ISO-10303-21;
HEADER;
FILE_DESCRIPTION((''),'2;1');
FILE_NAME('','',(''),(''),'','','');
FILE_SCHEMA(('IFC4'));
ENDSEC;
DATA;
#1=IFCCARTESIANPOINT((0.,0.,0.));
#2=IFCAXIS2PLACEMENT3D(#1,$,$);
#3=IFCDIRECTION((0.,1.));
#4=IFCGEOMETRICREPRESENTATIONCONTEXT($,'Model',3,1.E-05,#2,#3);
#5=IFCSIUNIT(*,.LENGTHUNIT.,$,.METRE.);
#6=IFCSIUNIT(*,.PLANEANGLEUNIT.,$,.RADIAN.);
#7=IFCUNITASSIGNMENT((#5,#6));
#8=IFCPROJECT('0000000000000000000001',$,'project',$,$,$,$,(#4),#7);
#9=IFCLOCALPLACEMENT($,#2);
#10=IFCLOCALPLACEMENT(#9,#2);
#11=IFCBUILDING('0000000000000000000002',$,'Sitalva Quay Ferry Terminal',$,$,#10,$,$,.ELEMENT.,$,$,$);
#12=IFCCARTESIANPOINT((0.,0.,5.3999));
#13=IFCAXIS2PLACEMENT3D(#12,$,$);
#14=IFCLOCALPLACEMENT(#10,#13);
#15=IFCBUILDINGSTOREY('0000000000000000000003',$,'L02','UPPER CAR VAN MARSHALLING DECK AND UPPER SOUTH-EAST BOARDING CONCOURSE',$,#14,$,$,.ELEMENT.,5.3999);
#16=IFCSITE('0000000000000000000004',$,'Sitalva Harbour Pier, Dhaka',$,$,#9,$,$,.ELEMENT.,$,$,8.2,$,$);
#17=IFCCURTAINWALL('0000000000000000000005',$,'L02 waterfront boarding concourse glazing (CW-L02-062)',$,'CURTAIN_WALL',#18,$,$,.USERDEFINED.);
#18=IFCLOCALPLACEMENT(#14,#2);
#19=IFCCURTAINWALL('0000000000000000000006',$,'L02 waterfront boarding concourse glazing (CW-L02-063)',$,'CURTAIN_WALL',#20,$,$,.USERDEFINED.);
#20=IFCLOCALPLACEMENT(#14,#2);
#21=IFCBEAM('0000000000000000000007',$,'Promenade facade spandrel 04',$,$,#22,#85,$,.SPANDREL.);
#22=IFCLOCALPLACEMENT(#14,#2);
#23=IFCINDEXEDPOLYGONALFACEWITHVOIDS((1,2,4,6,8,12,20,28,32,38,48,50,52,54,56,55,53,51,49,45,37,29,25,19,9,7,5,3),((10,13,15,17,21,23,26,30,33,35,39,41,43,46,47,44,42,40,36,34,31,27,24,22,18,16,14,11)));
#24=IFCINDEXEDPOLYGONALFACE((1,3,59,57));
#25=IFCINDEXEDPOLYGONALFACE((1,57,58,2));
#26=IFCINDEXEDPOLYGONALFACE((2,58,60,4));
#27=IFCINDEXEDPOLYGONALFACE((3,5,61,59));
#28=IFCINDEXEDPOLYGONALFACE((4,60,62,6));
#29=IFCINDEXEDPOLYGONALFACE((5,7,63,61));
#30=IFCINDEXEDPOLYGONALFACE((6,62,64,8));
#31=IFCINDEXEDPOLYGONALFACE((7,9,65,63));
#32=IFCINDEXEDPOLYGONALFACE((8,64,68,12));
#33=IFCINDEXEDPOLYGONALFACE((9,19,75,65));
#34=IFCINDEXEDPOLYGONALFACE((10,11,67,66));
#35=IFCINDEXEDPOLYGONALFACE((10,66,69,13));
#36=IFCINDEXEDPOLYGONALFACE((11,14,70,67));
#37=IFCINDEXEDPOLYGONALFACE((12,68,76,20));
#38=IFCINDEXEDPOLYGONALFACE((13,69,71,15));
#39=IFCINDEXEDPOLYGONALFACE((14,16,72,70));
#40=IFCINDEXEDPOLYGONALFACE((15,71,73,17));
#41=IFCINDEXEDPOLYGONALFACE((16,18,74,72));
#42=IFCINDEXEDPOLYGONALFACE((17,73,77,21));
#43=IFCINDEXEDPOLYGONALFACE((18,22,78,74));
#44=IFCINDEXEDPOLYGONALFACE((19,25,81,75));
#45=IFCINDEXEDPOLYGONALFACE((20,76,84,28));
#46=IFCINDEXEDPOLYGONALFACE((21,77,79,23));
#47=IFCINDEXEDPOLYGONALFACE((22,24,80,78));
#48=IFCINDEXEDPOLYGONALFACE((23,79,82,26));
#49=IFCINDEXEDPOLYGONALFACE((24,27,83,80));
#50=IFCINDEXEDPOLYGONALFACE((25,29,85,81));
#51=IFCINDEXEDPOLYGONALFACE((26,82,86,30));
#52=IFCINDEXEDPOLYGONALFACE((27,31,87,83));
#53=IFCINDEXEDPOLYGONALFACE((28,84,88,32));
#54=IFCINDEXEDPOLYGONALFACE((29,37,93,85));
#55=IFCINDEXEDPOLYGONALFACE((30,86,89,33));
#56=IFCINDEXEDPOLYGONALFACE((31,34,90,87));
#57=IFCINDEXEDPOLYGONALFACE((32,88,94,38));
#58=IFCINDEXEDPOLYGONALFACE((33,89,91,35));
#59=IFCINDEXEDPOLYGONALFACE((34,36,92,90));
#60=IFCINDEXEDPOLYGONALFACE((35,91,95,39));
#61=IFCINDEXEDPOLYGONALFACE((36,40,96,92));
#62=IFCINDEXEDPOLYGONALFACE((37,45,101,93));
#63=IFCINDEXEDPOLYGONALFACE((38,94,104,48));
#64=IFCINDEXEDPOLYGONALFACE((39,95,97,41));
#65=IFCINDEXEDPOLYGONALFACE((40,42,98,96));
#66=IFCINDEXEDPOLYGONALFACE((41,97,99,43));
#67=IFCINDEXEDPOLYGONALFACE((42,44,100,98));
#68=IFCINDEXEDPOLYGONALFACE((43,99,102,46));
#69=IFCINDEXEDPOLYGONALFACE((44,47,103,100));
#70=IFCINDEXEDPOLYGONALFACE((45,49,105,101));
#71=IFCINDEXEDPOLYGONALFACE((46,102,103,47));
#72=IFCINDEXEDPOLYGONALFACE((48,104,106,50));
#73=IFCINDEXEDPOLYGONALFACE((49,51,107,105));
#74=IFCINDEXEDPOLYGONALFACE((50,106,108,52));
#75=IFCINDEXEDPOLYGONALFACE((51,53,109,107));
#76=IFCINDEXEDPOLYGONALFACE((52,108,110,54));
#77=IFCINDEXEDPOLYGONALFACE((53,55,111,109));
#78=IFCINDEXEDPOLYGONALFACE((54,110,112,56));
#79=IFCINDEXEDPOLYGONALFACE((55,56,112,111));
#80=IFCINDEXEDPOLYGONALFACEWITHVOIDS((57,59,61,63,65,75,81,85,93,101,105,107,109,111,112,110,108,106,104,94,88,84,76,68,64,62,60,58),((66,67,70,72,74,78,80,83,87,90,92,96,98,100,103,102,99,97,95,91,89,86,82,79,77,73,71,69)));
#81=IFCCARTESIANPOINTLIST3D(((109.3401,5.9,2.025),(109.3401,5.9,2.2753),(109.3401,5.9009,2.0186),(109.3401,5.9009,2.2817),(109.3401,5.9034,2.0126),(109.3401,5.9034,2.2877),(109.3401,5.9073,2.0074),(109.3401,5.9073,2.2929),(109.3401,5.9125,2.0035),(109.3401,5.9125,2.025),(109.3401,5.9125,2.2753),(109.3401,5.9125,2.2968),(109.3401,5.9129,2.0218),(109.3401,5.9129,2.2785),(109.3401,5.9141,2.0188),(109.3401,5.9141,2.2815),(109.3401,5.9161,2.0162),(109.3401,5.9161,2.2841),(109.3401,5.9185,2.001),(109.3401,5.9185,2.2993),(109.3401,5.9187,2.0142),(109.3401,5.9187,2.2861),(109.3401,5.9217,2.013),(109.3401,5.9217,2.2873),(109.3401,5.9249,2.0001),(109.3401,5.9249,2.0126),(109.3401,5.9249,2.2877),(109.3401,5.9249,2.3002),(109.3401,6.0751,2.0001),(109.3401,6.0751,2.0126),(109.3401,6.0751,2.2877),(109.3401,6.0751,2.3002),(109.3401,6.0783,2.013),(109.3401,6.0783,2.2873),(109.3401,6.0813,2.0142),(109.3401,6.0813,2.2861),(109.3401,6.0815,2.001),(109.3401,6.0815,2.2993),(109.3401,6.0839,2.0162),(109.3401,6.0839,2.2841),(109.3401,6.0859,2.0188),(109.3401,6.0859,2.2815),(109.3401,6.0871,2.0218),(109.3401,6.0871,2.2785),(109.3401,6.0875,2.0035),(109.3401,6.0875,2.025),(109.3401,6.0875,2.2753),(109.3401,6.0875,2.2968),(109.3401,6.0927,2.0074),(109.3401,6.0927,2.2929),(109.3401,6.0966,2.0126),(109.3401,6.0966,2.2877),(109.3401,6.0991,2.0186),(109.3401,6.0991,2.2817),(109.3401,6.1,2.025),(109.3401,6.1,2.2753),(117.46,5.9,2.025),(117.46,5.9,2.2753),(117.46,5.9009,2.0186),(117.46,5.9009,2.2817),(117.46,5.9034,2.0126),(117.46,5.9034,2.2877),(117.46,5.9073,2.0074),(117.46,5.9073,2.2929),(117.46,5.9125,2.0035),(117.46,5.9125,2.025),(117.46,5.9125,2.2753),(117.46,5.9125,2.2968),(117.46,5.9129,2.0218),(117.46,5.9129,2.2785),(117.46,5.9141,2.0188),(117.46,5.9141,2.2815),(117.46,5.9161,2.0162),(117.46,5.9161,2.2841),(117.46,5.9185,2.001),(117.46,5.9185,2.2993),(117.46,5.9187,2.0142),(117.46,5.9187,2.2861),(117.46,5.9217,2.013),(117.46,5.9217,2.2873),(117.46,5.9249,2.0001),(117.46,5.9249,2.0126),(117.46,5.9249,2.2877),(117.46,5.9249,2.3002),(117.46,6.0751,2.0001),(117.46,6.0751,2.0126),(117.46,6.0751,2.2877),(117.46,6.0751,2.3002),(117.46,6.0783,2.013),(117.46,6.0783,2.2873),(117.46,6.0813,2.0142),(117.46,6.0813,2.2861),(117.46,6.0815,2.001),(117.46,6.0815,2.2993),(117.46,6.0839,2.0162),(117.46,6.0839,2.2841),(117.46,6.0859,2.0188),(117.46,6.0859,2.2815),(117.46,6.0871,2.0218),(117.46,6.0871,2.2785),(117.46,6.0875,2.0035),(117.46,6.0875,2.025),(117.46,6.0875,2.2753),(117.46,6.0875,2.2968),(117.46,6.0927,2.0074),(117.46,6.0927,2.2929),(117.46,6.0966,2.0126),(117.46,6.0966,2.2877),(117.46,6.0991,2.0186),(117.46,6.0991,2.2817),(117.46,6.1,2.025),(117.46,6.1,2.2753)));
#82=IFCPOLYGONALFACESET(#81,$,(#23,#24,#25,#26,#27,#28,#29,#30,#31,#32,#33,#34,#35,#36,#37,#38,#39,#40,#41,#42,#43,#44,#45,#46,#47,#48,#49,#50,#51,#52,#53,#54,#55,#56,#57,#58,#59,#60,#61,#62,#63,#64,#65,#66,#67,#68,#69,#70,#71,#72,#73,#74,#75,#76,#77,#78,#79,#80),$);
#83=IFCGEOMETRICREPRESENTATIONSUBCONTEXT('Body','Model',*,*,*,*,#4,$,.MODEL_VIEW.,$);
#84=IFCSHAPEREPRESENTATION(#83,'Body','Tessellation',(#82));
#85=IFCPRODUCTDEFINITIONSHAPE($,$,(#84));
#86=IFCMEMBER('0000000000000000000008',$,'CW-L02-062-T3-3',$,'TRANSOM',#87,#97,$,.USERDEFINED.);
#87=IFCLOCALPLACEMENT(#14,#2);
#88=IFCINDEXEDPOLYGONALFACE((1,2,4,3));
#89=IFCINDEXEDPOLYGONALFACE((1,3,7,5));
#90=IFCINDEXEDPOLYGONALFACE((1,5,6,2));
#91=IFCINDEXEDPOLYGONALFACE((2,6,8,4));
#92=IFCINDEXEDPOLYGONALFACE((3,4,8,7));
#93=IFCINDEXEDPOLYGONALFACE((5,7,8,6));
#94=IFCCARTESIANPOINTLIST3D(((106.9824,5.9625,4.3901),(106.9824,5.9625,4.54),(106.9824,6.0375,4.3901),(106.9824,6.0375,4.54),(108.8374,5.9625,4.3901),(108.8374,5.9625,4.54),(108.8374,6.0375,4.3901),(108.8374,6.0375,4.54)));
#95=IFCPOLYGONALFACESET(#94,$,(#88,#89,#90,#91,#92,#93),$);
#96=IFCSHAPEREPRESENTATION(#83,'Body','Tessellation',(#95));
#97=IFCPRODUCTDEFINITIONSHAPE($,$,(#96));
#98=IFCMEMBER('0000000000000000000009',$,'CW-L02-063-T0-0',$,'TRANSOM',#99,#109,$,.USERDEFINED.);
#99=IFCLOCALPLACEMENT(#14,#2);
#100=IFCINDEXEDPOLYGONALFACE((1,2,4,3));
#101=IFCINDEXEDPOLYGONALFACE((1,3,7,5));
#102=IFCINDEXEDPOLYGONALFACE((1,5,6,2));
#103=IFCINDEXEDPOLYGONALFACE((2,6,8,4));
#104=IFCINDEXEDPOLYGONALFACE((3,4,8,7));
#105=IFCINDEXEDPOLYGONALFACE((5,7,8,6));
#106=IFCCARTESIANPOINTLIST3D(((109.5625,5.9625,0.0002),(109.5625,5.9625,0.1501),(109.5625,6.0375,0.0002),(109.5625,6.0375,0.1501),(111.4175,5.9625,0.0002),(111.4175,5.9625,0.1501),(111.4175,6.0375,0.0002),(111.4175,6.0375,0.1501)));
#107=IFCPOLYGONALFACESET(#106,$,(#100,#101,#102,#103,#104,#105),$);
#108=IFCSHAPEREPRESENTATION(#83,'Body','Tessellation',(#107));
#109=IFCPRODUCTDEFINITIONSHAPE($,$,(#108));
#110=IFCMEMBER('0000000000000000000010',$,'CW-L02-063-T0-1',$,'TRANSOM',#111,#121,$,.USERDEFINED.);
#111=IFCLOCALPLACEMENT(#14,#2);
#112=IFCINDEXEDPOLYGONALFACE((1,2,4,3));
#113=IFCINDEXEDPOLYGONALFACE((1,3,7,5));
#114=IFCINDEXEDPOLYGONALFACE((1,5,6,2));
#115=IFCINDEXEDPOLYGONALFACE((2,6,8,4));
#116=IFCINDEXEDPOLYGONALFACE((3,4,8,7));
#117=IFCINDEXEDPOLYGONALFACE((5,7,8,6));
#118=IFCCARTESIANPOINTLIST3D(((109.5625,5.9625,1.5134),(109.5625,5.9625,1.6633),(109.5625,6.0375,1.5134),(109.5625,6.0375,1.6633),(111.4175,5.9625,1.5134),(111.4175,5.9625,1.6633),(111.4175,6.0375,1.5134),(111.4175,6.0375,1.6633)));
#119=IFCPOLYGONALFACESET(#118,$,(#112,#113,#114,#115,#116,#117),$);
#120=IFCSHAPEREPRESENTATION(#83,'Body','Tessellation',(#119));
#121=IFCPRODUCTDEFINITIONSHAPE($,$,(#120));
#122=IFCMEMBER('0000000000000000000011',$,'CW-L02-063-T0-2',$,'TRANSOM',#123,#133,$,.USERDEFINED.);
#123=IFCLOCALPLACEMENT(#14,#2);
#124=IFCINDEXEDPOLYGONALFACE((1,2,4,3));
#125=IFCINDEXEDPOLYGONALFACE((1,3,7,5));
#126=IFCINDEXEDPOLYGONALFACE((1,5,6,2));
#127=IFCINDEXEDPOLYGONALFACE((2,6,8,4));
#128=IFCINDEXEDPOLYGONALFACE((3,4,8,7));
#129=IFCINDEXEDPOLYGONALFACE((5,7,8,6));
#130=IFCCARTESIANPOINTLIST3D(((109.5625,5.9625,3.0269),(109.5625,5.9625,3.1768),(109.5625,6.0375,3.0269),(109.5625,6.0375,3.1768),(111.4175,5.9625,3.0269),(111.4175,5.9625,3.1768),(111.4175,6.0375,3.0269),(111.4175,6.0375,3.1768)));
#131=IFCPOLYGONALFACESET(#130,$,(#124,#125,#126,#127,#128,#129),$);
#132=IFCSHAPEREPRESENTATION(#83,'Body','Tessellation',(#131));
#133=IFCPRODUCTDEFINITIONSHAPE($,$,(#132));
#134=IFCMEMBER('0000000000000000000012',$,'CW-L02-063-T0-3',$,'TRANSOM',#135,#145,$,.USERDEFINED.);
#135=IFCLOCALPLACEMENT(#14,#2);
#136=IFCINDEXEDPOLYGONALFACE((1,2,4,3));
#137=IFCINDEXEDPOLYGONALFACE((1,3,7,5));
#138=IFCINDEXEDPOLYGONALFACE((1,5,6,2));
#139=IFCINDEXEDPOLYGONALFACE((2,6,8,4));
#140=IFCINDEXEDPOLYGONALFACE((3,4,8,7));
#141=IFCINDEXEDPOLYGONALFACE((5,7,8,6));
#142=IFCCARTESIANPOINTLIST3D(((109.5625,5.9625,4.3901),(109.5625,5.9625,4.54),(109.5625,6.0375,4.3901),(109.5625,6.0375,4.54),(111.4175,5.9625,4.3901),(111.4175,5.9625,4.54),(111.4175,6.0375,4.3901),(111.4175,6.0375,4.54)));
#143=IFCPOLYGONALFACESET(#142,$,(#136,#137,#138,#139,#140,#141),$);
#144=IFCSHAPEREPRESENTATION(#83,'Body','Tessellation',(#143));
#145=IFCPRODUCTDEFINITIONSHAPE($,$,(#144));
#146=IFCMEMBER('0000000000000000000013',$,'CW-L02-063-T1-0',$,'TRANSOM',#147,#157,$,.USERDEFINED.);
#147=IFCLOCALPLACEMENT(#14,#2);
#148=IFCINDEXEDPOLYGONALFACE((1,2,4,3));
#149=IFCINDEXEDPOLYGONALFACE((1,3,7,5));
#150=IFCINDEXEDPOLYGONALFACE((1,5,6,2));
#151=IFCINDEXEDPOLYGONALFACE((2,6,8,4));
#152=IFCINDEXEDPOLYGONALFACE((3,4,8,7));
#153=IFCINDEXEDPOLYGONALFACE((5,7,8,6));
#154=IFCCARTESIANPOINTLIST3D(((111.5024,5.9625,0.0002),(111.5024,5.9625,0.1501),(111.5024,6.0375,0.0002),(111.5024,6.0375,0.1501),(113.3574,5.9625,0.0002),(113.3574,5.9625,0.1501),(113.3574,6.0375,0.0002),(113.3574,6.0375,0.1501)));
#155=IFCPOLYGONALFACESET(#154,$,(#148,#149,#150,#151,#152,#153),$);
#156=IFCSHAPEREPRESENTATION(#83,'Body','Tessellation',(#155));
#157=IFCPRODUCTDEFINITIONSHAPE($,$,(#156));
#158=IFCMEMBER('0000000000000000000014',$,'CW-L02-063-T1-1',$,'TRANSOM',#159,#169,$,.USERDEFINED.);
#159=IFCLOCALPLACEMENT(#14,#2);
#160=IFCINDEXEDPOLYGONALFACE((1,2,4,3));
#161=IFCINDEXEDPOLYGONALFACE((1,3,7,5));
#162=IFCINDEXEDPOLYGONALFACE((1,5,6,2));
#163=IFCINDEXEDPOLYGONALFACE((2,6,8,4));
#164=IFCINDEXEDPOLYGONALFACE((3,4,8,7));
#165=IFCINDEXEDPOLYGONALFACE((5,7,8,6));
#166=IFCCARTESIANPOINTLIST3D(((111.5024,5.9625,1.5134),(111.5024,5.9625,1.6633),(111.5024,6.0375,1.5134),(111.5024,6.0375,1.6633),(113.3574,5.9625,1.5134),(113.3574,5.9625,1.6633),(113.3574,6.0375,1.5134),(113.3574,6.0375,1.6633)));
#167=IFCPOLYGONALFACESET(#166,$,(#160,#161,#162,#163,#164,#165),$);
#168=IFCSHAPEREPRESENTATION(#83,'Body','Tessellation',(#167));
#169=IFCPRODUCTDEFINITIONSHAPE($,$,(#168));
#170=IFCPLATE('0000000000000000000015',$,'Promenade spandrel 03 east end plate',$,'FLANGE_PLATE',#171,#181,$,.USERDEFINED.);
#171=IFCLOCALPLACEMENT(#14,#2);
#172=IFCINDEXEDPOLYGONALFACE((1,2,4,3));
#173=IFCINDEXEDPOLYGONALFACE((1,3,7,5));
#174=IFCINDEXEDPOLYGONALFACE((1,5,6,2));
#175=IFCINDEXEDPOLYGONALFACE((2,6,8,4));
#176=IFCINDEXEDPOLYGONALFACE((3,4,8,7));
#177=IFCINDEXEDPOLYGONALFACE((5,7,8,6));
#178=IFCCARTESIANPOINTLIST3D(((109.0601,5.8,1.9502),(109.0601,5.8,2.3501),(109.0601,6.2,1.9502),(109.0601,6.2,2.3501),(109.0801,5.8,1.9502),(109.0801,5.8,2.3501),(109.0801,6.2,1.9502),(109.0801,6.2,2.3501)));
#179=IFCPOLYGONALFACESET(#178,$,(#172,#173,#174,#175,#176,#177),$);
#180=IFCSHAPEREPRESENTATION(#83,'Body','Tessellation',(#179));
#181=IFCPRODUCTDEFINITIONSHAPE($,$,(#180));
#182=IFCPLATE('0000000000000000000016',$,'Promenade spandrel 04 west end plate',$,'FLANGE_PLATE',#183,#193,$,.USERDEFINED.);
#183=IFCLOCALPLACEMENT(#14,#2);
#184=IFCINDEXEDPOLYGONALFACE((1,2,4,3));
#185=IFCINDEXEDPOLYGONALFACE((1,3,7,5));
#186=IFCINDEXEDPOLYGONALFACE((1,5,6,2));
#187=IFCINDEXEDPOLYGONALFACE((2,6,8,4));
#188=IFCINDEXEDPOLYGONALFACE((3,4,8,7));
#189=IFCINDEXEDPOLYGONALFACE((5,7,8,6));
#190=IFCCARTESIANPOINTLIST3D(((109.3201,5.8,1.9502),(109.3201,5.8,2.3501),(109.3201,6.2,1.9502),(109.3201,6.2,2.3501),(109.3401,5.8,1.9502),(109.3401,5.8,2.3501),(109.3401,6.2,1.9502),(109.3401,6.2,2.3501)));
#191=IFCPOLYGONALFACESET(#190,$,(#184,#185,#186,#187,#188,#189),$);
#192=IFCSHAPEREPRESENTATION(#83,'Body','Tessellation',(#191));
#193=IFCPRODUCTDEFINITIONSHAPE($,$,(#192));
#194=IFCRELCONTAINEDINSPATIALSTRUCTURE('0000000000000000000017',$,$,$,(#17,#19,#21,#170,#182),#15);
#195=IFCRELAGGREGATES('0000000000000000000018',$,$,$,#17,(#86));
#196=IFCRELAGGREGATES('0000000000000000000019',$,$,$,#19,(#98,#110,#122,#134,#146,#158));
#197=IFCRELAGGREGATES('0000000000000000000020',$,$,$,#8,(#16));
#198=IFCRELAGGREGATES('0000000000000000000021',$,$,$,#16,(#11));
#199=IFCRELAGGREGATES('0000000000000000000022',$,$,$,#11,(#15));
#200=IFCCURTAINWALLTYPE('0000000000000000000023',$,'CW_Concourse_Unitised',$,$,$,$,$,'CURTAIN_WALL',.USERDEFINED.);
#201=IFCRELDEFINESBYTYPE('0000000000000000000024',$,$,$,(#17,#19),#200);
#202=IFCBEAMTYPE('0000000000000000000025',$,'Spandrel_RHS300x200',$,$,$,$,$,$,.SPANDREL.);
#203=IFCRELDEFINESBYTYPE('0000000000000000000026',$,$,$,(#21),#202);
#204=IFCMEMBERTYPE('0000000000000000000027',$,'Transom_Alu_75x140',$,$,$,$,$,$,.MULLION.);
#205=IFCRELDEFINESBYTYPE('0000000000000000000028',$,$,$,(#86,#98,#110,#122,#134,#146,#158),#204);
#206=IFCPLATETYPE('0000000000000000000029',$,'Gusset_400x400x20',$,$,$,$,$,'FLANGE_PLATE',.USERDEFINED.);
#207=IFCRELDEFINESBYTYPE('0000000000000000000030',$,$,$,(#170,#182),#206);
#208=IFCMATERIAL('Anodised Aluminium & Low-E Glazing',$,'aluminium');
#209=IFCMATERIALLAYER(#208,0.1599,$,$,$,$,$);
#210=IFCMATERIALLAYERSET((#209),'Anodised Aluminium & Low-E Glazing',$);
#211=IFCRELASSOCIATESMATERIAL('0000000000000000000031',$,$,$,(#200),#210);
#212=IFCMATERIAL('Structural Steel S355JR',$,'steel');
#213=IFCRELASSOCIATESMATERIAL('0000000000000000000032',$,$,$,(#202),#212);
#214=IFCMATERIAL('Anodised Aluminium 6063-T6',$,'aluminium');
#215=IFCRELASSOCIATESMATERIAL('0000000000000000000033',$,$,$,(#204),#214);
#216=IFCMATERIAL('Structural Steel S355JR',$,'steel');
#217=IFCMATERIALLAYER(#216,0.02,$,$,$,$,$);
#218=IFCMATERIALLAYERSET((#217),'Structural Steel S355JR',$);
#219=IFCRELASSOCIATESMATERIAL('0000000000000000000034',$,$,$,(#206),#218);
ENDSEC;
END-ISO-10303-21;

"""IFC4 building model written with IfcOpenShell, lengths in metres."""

from ifc_helpers import new_model, si_unit, direction, frame, origin, origin_2d, place, context, subcontext, project, spatial, rectangle, hollow_rectangle, extrude, material, layer, layer_set, material_profile, profile_set, type_object, element, aggregate, save


model = new_model("IFC4")

# Units and contexts
model_context = context("Model", 3, precision=1e-05, world=origin(), true_north=direction((0.0, 1.0)))
body_context = subcontext(model_context, "Body", "Model", "MODEL_VIEW")
ifc_project = project(units=[si_unit("LENGTHUNIT", "METRE"), si_unit("PLANEANGLEUNIT", "RADIAN")], contexts=[model_context])

# Site, building, storey
site_placement = place(None, origin())
site = spatial("IfcSite", under=ifc_project, at=site_placement, Name="Sitalva Harbour Pier, Dhaka", CompositionType="ELEMENT", RefElevation=8.2)
building_placement = place(site_placement, origin())
building = spatial("IfcBuilding", under=site, at=building_placement, Name="Sitalva Quay Ferry Terminal", CompositionType="ELEMENT")
storey_placement = place(building_placement, frame((0.0, 0.0, 5.3999)))
storey = spatial("IfcBuildingStorey", under=building, at=storey_placement, Name="L02", Description="UPPER CAR VAN MARSHALLING DECK AND UPPER SOUTH-EAST BOARDING CONCOURSE", CompositionType="ELEMENT", Elevation=5.3999)

# Curtain wall
ifc_material_1 = material(Name="Anodised Aluminium & Low-E Glazing", Category="aluminium")
ifc_layer_1 = layer(ifc_material_1, 0.1599)
ifc_layer_set_1 = layer_set([ifc_layer_1], Name="Anodised Aluminium & Low-E Glazing")
curtain_wall_type = type_object("IfcCurtainWallType", Name="CW_Concourse_Unitised", ElementType="CURTAIN_WALL", PredefinedType="USERDEFINED", material=ifc_layer_set_1)
curtain_wall_1_placement = place(storey_placement, origin())
curtain_wall_1 = element("IfcCurtainWall", 1, at=curtain_wall_1_placement, inside=storey, type_object=curtain_wall_type, Name="L02 waterfront boarding concourse glazing (CW-L02-062)", ObjectType="CURTAIN_WALL", PredefinedType="USERDEFINED")

# Curtain wall
curtain_wall_2_placement = place(storey_placement, origin())
curtain_wall_2 = element("IfcCurtainWall", 2, at=curtain_wall_2_placement, inside=storey, type_object=curtain_wall_type, Name="L02 waterfront boarding concourse glazing (CW-L02-063)", ObjectType="CURTAIN_WALL", PredefinedType="USERDEFINED")

# Beam
ifc_material_2 = material(Name="Structural Steel S355JR", Category="steel")
ifc_material_profile_1 = material_profile(ifc_material_2, hollow_rectangle(XDim=0.2, YDim=0.3, WallThickness=0.0125, InnerFilletRadius=0.0125, OuterFilletRadius=0.0249, at=origin_2d()), Name="RHS300x200x12.5")
ifc_profile_set_1 = profile_set([ifc_material_profile_1], Name="Structural Steel S355JR")
beam_type_1 = type_object("IfcBeamType", Name="Spandrel_RHS300x200", PredefinedType="SPANDREL", material=ifc_profile_set_1)
beam_1_placement = place(storey_placement, frame((109.3401, 6.0, 2.1501), z_axis=(1.0, 0.0, 0.0), x_axis=(0.0, 1.0, 0.0)))
element("IfcBeam", 3, at=beam_1_placement, inside=storey, type_object=beam_type_1, Name="Promenade facade spandrel 04", PredefinedType="SPANDREL", context=body_context, shape_type="SweptSolid", body=[
    extrude(hollow_rectangle(XDim=0.2, YDim=0.3, WallThickness=0.0125, InnerFilletRadius=0.0125, OuterFilletRadius=0.0249, at=origin_2d()), origin(), (0.0, 0.0, 1.0), 8.1199),
])

# Members
ifc_material_3 = material(Name="Anodised Aluminium 6063-T6", Category="aluminium")
ifc_material_profile_2 = material_profile(ifc_material_3, rectangle(XDim=0.075, YDim=0.1499, at=origin_2d()), Name="ALU75x150")
ifc_profile_set_2 = profile_set([ifc_material_profile_2], Name="Anodised Aluminium 6063-T6")
member_type_1 = type_object("IfcMemberType", Name="Transom_Alu_75x140", PredefinedType="MULLION", material=ifc_profile_set_2)
member_1_placement = place(storey_placement, frame((106.9824, 6.0, 4.4651), z_axis=(1.0, 0.0, 0.0), x_axis=(0.0, 1.0, 0.0)))
member_1 = element("IfcMember", 4, at=member_1_placement, type_object=member_type_1, Name="CW-L02-062-T3-3", ObjectType="TRANSOM", PredefinedType="USERDEFINED", context=body_context, shape_type="SweptSolid", body=[
    extrude(rectangle(XDim=0.075, YDim=0.1499, at=origin_2d()), origin(), (0.0, 0.0, 1.0), 1.855),
])
member_2_placement = place(storey_placement, frame((109.5625, 6.0, 0.0752), z_axis=(1.0, 0.0, 0.0), x_axis=(0.0, 1.0, 0.0)))
member_2 = element("IfcMember", 5, at=member_2_placement, type_object=member_type_1, Name="CW-L02-063-T0-0", ObjectType="TRANSOM", PredefinedType="USERDEFINED", context=body_context, shape_type="SweptSolid", body=[
    extrude(rectangle(XDim=0.075, YDim=0.1499, at=origin_2d()), origin(), (0.0, 0.0, 1.0), 1.855),
])
member_3_placement = place(storey_placement, frame((109.5625, 6.0, 1.5884), z_axis=(1.0, 0.0, 0.0), x_axis=(0.0, 1.0, 0.0)))
member_3 = element("IfcMember", 6, at=member_3_placement, type_object=member_type_1, Name="CW-L02-063-T0-1", ObjectType="TRANSOM", PredefinedType="USERDEFINED", context=body_context, shape_type="SweptSolid", body=[
    extrude(rectangle(XDim=0.075, YDim=0.1499, at=origin_2d()), origin(), (0.0, 0.0, 1.0), 1.855),
])
member_4_placement = place(storey_placement, frame((109.5625, 6.0, 3.1018), z_axis=(1.0, 0.0, 0.0), x_axis=(0.0, 1.0, 0.0)))
member_4 = element("IfcMember", 7, at=member_4_placement, type_object=member_type_1, Name="CW-L02-063-T0-2", ObjectType="TRANSOM", PredefinedType="USERDEFINED", context=body_context, shape_type="SweptSolid", body=[
    extrude(rectangle(XDim=0.075, YDim=0.1499, at=origin_2d()), origin(), (0.0, 0.0, 1.0), 1.855),
])
member_5_placement = place(storey_placement, frame((109.5625, 6.0, 4.4651), z_axis=(1.0, 0.0, 0.0), x_axis=(0.0, 1.0, 0.0)))
member_5 = element("IfcMember", 8, at=member_5_placement, type_object=member_type_1, Name="CW-L02-063-T0-3", ObjectType="TRANSOM", PredefinedType="USERDEFINED", context=body_context, shape_type="SweptSolid", body=[
    extrude(rectangle(XDim=0.075, YDim=0.1499, at=origin_2d()), origin(), (0.0, 0.0, 1.0), 1.855),
])
member_6_placement = place(storey_placement, frame((111.5024, 6.0, 0.0752), z_axis=(1.0, 0.0, 0.0), x_axis=(0.0, 1.0, 0.0)))
member_6 = element("IfcMember", 9, at=member_6_placement, type_object=member_type_1, Name="CW-L02-063-T1-0", ObjectType="TRANSOM", PredefinedType="USERDEFINED", context=body_context, shape_type="SweptSolid", body=[
    extrude(rectangle(XDim=0.075, YDim=0.1499, at=origin_2d()), origin(), (0.0, 0.0, 1.0), 1.855),
])
member_7_placement = place(storey_placement, frame((111.5024, 6.0, 1.5884), z_axis=(1.0, 0.0, 0.0), x_axis=(0.0, 1.0, 0.0)))
member_7 = element("IfcMember", 10, at=member_7_placement, type_object=member_type_1, Name="CW-L02-063-T1-1", ObjectType="TRANSOM", PredefinedType="USERDEFINED", context=body_context, shape_type="SweptSolid", body=[
    extrude(rectangle(XDim=0.075, YDim=0.1499, at=origin_2d()), origin(), (0.0, 0.0, 1.0), 1.855),
])

# Plates
ifc_material_4 = material(Name="Structural Steel S355JR", Category="steel")
ifc_layer_2 = layer(ifc_material_4, 0.02)
ifc_layer_set_2 = layer_set([ifc_layer_2], Name="Structural Steel S355JR")
plate_type_1 = type_object("IfcPlateType", Name="Gusset_400x400x20", ElementType="FLANGE_PLATE", PredefinedType="USERDEFINED", material=ifc_layer_set_2)
for number, where, z_axis, x_axis, name in (
    (11, (109.0701, 6.0, 1.9502), (0.0, 0.0, 1.0), (1.0, 0.0, 0.0), "Promenade spandrel 03 east end plate"),
    (12, (109.3301, 6.0, 1.9502), (0.0, 0.0, 1.0), (1.0, 0.0, 0.0), "Promenade spandrel 04 west end plate"),
):
    element("IfcPlate", number, at=place(storey_placement, frame(where, z_axis=z_axis, x_axis=x_axis)), inside=storey, type_object=plate_type_1, Name=name, ObjectType="FLANGE_PLATE", PredefinedType="USERDEFINED", context=body_context, shape_type="SweptSolid", body=[
        extrude(rectangle(XDim=0.02, YDim=0.3999, at=origin_2d()), origin(), (0.0, 0.0, 1.0), 0.3999),
    ])

aggregate(curtain_wall_1, [member_1])
aggregate(curtain_wall_2, [member_2, member_3, member_4, member_5, member_6, member_7])

save(model, "model.ifc")
